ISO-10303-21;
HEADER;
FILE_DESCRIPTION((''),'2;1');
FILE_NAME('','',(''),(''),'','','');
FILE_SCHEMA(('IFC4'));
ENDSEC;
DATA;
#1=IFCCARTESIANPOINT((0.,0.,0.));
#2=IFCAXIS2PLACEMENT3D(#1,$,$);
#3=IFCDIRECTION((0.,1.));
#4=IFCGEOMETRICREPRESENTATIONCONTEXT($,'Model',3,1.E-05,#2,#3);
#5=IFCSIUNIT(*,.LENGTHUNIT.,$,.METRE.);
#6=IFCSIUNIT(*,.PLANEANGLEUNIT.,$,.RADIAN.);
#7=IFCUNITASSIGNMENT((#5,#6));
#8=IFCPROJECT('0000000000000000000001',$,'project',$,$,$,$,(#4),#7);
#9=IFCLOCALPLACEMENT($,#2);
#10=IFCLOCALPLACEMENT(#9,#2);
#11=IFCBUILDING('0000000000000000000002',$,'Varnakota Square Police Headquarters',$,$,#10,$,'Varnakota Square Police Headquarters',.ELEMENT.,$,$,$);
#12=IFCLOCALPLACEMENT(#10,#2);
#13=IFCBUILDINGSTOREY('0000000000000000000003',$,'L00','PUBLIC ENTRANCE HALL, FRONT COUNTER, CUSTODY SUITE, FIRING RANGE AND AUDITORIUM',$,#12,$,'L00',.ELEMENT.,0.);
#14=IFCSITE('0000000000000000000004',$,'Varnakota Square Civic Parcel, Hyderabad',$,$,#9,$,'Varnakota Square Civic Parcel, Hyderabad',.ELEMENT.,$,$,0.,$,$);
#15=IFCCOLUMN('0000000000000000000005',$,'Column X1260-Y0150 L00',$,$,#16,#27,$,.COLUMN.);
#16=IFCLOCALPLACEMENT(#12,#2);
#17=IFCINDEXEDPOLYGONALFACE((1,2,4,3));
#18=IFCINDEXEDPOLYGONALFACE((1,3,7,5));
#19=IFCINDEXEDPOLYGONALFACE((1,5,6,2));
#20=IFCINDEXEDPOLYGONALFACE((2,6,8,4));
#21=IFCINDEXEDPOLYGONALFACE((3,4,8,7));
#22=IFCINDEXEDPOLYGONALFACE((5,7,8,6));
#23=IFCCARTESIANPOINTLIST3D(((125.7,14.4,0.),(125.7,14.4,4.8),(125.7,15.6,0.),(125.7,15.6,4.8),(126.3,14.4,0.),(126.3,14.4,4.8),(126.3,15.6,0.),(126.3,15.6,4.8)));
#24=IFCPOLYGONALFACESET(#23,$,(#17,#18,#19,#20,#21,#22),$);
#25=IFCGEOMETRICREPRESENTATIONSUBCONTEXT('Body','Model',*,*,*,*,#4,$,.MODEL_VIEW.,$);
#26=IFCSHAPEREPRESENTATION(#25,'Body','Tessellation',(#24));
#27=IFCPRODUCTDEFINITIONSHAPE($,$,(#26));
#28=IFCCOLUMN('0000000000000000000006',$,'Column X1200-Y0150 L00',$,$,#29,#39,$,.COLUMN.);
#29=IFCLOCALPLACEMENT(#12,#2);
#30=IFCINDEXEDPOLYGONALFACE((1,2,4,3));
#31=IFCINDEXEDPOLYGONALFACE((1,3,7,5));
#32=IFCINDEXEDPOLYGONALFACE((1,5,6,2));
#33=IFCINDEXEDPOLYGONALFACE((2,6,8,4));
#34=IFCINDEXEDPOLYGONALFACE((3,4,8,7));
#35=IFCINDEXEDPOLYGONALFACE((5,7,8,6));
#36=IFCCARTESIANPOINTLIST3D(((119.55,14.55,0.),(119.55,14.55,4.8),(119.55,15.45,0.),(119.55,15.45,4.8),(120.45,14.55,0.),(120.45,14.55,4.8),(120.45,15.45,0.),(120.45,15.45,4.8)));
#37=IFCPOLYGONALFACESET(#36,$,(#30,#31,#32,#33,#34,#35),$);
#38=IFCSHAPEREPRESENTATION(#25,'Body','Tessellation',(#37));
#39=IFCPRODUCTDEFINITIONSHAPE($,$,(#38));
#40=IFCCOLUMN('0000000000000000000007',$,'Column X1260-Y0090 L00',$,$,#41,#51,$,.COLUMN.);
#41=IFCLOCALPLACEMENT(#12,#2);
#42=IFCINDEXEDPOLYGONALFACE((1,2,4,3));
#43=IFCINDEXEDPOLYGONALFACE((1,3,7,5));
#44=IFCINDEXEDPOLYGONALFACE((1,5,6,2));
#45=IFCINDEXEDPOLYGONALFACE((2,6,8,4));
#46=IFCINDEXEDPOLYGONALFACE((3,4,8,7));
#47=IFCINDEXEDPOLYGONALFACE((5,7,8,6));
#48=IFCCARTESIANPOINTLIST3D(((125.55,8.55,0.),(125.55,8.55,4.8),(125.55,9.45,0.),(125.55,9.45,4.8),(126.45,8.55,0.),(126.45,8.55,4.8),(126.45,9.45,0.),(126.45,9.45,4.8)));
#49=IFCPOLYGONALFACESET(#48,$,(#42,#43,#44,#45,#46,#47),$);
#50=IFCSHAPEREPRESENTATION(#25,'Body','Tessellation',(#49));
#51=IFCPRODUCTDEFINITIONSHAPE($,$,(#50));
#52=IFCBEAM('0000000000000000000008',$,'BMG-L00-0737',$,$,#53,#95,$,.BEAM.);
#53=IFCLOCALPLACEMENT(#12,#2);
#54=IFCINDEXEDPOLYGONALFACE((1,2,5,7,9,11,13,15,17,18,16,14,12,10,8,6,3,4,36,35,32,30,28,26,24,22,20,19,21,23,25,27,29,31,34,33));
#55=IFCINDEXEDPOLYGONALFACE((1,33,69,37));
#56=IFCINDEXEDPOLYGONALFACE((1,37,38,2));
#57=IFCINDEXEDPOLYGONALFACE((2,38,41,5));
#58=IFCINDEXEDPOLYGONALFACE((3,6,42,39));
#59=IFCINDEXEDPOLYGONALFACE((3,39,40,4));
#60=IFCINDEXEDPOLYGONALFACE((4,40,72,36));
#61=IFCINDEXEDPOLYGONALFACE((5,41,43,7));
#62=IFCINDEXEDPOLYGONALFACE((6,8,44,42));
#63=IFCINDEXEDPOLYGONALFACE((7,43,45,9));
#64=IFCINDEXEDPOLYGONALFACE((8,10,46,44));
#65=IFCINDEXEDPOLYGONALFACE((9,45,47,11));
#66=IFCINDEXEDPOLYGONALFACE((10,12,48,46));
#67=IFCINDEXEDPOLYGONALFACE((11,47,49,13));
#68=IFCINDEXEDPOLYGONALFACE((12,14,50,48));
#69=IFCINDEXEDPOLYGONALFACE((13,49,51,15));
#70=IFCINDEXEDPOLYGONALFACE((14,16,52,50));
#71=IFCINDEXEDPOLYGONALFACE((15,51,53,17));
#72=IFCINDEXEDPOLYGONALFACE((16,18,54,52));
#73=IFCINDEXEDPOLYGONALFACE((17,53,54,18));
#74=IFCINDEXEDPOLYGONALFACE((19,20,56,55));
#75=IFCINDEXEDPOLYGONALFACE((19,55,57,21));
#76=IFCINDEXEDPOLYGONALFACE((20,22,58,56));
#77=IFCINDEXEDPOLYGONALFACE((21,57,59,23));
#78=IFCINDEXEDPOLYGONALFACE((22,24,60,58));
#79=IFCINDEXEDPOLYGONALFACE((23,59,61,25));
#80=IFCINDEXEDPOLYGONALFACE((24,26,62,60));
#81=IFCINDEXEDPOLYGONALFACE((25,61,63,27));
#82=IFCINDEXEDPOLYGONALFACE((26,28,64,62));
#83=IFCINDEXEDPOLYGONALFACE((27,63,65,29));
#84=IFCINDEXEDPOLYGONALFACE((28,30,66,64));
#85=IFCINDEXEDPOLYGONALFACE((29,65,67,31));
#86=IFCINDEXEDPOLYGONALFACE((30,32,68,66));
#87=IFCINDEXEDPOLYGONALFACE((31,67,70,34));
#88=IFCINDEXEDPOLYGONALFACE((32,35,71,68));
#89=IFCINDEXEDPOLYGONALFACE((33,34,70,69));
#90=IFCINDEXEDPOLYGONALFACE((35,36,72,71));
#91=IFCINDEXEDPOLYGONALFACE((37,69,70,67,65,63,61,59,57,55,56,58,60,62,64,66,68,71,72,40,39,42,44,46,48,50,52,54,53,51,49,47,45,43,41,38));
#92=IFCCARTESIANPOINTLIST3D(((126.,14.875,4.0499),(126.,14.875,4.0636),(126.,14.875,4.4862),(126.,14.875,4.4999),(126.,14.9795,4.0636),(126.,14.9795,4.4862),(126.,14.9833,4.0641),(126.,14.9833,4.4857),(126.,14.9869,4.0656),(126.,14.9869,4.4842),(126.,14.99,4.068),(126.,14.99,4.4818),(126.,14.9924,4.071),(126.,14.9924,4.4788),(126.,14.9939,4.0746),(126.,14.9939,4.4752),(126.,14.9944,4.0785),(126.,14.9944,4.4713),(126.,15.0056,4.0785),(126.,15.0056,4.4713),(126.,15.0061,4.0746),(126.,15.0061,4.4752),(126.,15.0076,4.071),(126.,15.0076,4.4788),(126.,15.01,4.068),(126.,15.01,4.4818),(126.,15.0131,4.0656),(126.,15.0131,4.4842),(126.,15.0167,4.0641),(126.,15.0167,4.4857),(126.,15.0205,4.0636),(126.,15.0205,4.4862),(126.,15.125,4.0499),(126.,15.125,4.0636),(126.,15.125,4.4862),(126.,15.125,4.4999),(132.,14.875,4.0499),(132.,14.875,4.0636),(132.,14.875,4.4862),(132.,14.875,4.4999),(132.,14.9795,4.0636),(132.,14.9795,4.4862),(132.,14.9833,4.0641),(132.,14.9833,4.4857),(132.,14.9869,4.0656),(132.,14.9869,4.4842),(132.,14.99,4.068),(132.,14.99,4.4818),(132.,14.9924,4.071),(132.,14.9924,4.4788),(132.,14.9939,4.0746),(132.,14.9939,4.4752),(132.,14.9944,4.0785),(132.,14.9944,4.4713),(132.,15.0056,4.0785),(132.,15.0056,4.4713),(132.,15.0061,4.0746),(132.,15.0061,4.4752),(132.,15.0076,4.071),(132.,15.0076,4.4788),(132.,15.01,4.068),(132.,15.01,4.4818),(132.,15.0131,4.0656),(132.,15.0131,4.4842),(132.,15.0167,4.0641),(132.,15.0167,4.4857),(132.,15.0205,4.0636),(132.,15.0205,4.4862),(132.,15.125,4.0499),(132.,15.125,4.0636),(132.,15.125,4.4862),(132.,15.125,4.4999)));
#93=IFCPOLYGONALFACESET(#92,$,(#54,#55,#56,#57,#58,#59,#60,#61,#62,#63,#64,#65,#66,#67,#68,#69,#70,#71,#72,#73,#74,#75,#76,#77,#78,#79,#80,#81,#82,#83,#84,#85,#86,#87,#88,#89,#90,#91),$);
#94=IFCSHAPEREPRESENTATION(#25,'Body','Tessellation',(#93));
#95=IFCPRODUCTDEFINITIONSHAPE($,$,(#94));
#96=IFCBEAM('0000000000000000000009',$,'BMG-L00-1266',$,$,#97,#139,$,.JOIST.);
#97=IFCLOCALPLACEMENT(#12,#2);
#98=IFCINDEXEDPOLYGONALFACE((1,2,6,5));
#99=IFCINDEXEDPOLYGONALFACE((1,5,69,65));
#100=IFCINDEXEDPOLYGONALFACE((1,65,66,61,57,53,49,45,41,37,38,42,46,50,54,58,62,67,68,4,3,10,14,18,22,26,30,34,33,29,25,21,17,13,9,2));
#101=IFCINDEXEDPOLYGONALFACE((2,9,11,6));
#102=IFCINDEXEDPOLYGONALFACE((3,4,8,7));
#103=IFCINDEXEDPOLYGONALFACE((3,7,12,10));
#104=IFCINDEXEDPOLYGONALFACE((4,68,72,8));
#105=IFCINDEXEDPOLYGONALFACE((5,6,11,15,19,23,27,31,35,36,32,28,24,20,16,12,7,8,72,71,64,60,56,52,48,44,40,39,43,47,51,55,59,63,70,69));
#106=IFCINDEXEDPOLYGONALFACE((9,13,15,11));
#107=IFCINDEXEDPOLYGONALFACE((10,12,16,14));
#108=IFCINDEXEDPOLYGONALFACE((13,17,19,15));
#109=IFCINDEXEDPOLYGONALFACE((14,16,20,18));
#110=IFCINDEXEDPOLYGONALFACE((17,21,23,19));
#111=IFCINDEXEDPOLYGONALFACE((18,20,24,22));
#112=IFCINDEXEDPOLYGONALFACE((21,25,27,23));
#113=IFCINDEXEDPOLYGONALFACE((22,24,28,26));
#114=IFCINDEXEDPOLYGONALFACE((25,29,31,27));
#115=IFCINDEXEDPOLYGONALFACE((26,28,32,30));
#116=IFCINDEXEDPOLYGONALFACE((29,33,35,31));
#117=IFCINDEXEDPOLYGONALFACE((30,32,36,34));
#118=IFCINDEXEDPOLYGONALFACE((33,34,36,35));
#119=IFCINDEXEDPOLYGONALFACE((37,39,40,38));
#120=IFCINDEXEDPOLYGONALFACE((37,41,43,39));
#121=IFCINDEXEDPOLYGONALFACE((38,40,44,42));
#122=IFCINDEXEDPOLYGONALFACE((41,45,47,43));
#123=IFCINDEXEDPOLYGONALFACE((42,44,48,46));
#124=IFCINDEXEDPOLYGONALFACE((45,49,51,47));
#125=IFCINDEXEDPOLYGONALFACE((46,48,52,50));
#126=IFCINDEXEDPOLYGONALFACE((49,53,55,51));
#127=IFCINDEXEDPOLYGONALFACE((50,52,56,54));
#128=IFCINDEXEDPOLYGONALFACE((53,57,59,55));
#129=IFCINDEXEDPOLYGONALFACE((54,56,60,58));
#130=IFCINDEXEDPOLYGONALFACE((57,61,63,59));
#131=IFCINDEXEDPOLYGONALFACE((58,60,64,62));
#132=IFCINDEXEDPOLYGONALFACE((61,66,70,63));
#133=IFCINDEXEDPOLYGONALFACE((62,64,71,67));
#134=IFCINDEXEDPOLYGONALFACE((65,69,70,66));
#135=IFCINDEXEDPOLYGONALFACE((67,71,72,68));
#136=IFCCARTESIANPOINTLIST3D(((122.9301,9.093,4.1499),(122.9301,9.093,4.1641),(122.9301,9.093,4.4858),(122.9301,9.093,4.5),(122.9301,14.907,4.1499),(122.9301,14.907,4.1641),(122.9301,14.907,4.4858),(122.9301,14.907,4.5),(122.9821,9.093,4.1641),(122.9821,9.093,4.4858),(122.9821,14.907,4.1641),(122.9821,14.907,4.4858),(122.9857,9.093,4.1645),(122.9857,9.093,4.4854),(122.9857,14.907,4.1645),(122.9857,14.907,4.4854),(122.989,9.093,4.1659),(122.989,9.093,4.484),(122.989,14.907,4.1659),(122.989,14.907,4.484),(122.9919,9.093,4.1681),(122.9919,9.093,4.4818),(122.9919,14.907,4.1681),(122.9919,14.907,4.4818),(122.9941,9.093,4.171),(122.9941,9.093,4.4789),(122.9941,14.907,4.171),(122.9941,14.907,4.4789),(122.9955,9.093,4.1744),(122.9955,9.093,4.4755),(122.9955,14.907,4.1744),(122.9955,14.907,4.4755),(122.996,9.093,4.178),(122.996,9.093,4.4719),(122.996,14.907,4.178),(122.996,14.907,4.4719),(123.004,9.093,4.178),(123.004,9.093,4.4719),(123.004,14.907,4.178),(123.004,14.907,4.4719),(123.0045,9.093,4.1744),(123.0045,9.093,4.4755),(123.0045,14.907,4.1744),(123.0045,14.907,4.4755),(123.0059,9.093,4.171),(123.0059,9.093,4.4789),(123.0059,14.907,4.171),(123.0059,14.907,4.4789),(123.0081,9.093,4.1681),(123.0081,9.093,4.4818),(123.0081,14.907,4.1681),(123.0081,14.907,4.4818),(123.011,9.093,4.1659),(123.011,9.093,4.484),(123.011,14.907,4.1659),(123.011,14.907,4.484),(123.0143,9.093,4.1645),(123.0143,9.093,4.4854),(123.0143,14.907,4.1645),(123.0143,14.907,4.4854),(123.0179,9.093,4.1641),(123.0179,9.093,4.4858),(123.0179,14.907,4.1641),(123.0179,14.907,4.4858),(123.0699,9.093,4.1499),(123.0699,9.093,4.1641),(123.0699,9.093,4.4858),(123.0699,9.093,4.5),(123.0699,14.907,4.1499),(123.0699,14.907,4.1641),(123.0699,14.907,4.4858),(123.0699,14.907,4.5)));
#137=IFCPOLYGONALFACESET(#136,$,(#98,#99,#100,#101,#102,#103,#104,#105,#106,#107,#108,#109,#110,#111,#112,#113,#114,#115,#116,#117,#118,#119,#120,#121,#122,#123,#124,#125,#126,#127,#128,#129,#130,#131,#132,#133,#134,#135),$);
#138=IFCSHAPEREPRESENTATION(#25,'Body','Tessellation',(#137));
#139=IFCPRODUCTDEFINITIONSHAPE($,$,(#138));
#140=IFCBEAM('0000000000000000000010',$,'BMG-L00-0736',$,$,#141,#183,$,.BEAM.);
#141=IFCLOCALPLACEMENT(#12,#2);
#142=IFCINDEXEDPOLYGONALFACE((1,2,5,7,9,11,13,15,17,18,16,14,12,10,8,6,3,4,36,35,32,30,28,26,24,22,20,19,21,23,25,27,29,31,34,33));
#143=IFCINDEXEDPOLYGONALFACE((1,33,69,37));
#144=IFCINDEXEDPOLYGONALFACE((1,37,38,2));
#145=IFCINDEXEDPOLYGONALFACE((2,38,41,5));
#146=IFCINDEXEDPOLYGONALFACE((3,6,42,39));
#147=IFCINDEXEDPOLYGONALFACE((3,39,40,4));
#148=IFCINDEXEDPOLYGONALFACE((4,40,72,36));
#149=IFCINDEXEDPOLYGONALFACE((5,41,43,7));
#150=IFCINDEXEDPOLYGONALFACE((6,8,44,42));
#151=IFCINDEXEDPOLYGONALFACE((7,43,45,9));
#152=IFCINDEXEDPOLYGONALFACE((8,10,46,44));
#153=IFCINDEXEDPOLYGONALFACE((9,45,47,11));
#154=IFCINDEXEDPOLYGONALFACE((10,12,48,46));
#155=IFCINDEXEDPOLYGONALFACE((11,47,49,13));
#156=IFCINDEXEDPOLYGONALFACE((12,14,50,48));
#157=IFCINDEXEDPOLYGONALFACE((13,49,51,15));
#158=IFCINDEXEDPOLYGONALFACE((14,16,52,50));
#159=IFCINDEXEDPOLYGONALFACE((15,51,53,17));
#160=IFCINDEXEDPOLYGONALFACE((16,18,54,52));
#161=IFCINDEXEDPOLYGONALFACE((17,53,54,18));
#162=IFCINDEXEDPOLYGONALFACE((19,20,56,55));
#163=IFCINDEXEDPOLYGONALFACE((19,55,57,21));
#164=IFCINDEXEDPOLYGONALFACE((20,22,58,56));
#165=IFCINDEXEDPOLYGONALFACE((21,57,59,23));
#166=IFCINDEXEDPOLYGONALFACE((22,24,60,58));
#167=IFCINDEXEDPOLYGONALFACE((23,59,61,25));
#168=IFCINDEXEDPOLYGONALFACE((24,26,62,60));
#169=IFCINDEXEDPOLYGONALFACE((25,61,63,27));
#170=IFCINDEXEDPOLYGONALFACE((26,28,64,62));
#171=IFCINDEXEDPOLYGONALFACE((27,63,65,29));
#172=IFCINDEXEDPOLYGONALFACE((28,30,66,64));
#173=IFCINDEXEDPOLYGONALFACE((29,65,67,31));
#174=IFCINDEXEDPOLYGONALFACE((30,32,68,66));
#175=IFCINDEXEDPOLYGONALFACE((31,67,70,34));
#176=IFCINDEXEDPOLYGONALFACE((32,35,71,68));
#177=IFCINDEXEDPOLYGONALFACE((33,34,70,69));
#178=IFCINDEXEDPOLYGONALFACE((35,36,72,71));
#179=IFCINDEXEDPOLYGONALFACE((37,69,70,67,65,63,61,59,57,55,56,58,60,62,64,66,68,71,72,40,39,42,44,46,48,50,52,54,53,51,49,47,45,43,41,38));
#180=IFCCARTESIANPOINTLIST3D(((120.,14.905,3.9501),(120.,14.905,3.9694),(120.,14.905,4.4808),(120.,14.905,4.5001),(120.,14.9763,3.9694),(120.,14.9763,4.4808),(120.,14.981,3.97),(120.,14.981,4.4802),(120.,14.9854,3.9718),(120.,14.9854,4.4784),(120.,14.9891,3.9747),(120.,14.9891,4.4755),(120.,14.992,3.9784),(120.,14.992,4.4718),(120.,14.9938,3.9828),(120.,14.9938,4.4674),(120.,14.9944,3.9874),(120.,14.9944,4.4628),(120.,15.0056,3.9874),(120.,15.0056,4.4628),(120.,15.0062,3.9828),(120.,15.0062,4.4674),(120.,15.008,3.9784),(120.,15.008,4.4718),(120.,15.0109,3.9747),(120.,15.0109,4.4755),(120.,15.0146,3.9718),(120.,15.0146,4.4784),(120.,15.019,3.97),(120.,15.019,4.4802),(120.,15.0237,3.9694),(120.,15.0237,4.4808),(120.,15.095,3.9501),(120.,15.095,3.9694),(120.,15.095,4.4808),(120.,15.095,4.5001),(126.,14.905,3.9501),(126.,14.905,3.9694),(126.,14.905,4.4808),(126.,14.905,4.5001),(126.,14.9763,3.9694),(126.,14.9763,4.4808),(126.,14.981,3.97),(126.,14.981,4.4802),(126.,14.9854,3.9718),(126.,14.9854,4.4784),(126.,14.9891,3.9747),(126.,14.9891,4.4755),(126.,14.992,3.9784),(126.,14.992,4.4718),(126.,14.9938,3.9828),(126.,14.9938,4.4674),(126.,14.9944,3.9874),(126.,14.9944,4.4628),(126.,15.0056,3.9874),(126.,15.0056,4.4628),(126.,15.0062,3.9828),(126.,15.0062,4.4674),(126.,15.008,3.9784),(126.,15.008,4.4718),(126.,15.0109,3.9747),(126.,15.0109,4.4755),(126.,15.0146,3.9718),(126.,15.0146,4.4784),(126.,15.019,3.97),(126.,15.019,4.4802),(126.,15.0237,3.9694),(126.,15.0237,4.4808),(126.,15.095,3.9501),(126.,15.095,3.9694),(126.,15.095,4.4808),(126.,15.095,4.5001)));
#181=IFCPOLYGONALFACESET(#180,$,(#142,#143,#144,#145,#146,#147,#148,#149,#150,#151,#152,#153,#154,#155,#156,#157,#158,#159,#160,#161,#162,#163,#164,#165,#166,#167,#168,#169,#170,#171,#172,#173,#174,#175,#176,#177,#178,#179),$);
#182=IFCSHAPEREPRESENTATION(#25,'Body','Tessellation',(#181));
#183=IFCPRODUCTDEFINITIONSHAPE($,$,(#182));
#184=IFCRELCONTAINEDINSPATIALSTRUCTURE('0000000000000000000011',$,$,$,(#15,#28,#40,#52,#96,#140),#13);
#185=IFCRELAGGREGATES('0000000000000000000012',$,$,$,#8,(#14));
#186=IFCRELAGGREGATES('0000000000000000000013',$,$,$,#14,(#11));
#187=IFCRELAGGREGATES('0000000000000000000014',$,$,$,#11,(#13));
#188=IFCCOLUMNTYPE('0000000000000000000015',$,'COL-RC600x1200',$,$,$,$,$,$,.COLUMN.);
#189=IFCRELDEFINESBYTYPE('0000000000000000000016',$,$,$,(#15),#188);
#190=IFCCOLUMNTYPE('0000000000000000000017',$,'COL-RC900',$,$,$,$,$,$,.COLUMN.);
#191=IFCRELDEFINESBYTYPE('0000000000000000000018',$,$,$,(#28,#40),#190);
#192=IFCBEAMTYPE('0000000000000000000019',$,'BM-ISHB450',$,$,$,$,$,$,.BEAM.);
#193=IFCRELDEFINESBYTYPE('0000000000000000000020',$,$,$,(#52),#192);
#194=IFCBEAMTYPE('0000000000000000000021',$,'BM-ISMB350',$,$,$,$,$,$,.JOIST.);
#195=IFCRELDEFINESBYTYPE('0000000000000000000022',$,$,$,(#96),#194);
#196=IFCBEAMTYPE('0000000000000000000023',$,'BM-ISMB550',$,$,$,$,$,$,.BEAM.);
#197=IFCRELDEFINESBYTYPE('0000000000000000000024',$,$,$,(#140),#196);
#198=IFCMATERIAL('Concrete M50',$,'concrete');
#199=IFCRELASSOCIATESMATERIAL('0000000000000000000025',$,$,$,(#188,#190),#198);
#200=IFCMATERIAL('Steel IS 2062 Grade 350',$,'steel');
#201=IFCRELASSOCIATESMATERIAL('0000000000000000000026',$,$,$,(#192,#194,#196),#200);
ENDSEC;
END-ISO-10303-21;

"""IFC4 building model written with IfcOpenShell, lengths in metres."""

from ifc_helpers import new_model, si_unit, direction, frame, origin, origin_2d, place, context, subcontext, project, spatial, rectangle, i_section, extrude, material, material_profile, profile_set, type_object, element, save


model = new_model("IFC4")

# Units and contexts
model_context = context("Model", 3, precision=1e-05, world=origin(), true_north=direction((0.0, 1.0)))
body_context = subcontext(model_context, "Body", "Model", "MODEL_VIEW")
ifc_project = project(units=[si_unit("LENGTHUNIT", "METRE"), si_unit("PLANEANGLEUNIT", "RADIAN")], contexts=[model_context])

# Site, building, storey
site_placement = place(None, origin())
site = spatial("IfcSite", under=ifc_project, at=site_placement, Name="Varnakota Square Civic Parcel, Hyderabad", LongName="Varnakota Square Civic Parcel, Hyderabad", CompositionType="ELEMENT", RefElevation=0.0)
building_placement = place(site_placement, origin())
building = spatial("IfcBuilding", under=site, at=building_placement, Name="Varnakota Square Police Headquarters", LongName="Varnakota Square Police Headquarters", CompositionType="ELEMENT")
storey_placement = place(building_placement, origin())
storey = spatial("IfcBuildingStorey", under=building, at=storey_placement, Name="L00", Description="PUBLIC ENTRANCE HALL, FRONT COUNTER, CUSTODY SUITE, FIRING RANGE AND AUDITORIUM", LongName="L00", CompositionType="ELEMENT", Elevation=0.0)

# Columns
ifc_material_1 = material(Name="Concrete M50", Category="concrete")
ifc_material_profile_1 = material_profile(ifc_material_1, rectangle(XDim=0.6001, YDim=1.2, at=origin_2d()), Name="RC 600x1200")
ifc_profile_set_1 = profile_set([ifc_material_profile_1], Name="Concrete M50")
column_type_1 = type_object("IfcColumnType", Name="COL-RC600x1200", PredefinedType="COLUMN", material=ifc_profile_set_1)
column_placement = place(storey_placement, frame((126.0, 15.0, 0.0), z_axis=(0.0, 0.0, 1.0), x_axis=(1.0, 0.0, 0.0)))
element("IfcColumn", 1, at=column_placement, inside=storey, type_object=column_type_1, Name="Column X1260-Y0150 L00", PredefinedType="COLUMN", context=body_context, shape_type="SweptSolid", body=[
    extrude(rectangle(XDim=0.6001, YDim=1.2, at=origin_2d()), origin(), (0.0, 0.0, 1.0), 4.8),
])
ifc_material_profile_2 = material_profile(ifc_material_1, rectangle(XDim=0.8999, YDim=0.8999, at=origin_2d()), Name="RC 900x900")
ifc_profile_set_2 = profile_set([ifc_material_profile_2], Name="Concrete M50")
column_type_2 = type_object("IfcColumnType", Name="COL-RC900", PredefinedType="COLUMN", material=ifc_profile_set_2)
for number, where, z_axis, x_axis, name in (
    (2, (120.0, 15.0, 0.0), (0.0, 0.0, 1.0), (1.0, 0.0, 0.0), "Column X1200-Y0150 L00"),
    (3, (126.0, 9.0, 0.0), (0.0, 0.0, 1.0), (1.0, 0.0, 0.0), "Column X1260-Y0090 L00"),
):
    element("IfcColumn", number, at=place(storey_placement, frame(where, z_axis=z_axis, x_axis=x_axis)), inside=storey, type_object=column_type_2, Name=name, PredefinedType="COLUMN", context=body_context, shape_type="SweptSolid", body=[
        extrude(rectangle(XDim=0.8999, YDim=0.8999, at=origin_2d()), origin(), (0.0, 0.0, 1.0), 4.8),
    ])

# Beams
ifc_material_2 = material(Name="Steel IS 2062 Grade 350", Category="steel")
ifc_material_profile_3 = material_profile(ifc_material_2, i_section(OverallWidth=0.25, OverallDepth=0.45, WebThickness=0.0112, FlangeThickness=0.0137, FilletRadius=0.0149, at=origin_2d()), Name="ISHB 450")
ifc_profile_set_3 = profile_set([ifc_material_profile_3], Name="Steel IS 2062 Grade 350")
beam_type_1 = type_object("IfcBeamType", Name="BM-ISHB450", PredefinedType="BEAM", material=ifc_profile_set_3)
beam_1_placement = place(storey_placement, frame((126.0, 15.0, 4.2749), z_axis=(1.0, 0.0, 0.0), x_axis=(0.0, 1.0, 0.0)))
element("IfcBeam", 4, at=beam_1_placement, inside=storey, type_object=beam_type_1, Name="BMG-L00-0737", PredefinedType="BEAM", context=body_context, shape_type="SweptSolid", body=[
    extrude(i_section(OverallWidth=0.25, OverallDepth=0.45, WebThickness=0.0112, FlangeThickness=0.0137, FilletRadius=0.0149, at=origin_2d()), origin(), (0.0, 0.0, 1.0), 6.0),
])
ifc_material_profile_4 = material_profile(ifc_material_2, i_section(OverallWidth=0.1399, OverallDepth=0.3501, WebThickness=0.0081, FlangeThickness=0.0142, FilletRadius=0.0139, at=origin_2d()), Name="ISMB 350")
ifc_profile_set_4 = profile_set([ifc_material_profile_4], Name="Steel IS 2062 Grade 350")
beam_type_2 = type_object("IfcBeamType", Name="BM-ISMB350", PredefinedType="JOIST", material=ifc_profile_set_4)
beam_2_placement = place(storey_placement, frame((123.0, 9.093, 4.325), z_axis=(0.0, 1.0, 0.0), x_axis=(-1.0, 0.0, 0.0)))
element("IfcBeam", 5, at=beam_2_placement, inside=storey, type_object=beam_type_2, Name="BMG-L00-1266", PredefinedType="JOIST", context=body_context, shape_type="SweptSolid", body=[
    extrude(i_section(OverallWidth=0.1399, OverallDepth=0.3501, WebThickness=0.0081, FlangeThickness=0.0142, FilletRadius=0.0139, at=origin_2d()), origin(), (0.0, 0.0, 1.0), 5.814),
])
ifc_material_profile_5 = material_profile(ifc_material_2, i_section(OverallWidth=0.1899, OverallDepth=0.55, WebThickness=0.0112, FlangeThickness=0.0193, FilletRadius=0.0181, at=origin_2d()), Name="ISMB 550")
ifc_profile_set_5 = profile_set([ifc_material_profile_5], Name="Steel IS 2062 Grade 350")
beam_type_3 = type_object("IfcBeamType", Name="BM-ISMB550", PredefinedType="BEAM", material=ifc_profile_set_5)
beam_3_placement = place(storey_placement, frame((120.0, 15.0, 4.2251), z_axis=(1.0, 0.0, 0.0), x_axis=(0.0, 1.0, 0.0)))
element("IfcBeam", 6, at=beam_3_placement, inside=storey, type_object=beam_type_3, Name="BMG-L00-0736", PredefinedType="BEAM", context=body_context, shape_type="SweptSolid", body=[
    extrude(i_section(OverallWidth=0.1899, OverallDepth=0.55, WebThickness=0.0112, FlangeThickness=0.0193, FilletRadius=0.0181, at=origin_2d()), origin(), (0.0, 0.0, 1.0), 6.0),
])

save(model, "model.ifc")
